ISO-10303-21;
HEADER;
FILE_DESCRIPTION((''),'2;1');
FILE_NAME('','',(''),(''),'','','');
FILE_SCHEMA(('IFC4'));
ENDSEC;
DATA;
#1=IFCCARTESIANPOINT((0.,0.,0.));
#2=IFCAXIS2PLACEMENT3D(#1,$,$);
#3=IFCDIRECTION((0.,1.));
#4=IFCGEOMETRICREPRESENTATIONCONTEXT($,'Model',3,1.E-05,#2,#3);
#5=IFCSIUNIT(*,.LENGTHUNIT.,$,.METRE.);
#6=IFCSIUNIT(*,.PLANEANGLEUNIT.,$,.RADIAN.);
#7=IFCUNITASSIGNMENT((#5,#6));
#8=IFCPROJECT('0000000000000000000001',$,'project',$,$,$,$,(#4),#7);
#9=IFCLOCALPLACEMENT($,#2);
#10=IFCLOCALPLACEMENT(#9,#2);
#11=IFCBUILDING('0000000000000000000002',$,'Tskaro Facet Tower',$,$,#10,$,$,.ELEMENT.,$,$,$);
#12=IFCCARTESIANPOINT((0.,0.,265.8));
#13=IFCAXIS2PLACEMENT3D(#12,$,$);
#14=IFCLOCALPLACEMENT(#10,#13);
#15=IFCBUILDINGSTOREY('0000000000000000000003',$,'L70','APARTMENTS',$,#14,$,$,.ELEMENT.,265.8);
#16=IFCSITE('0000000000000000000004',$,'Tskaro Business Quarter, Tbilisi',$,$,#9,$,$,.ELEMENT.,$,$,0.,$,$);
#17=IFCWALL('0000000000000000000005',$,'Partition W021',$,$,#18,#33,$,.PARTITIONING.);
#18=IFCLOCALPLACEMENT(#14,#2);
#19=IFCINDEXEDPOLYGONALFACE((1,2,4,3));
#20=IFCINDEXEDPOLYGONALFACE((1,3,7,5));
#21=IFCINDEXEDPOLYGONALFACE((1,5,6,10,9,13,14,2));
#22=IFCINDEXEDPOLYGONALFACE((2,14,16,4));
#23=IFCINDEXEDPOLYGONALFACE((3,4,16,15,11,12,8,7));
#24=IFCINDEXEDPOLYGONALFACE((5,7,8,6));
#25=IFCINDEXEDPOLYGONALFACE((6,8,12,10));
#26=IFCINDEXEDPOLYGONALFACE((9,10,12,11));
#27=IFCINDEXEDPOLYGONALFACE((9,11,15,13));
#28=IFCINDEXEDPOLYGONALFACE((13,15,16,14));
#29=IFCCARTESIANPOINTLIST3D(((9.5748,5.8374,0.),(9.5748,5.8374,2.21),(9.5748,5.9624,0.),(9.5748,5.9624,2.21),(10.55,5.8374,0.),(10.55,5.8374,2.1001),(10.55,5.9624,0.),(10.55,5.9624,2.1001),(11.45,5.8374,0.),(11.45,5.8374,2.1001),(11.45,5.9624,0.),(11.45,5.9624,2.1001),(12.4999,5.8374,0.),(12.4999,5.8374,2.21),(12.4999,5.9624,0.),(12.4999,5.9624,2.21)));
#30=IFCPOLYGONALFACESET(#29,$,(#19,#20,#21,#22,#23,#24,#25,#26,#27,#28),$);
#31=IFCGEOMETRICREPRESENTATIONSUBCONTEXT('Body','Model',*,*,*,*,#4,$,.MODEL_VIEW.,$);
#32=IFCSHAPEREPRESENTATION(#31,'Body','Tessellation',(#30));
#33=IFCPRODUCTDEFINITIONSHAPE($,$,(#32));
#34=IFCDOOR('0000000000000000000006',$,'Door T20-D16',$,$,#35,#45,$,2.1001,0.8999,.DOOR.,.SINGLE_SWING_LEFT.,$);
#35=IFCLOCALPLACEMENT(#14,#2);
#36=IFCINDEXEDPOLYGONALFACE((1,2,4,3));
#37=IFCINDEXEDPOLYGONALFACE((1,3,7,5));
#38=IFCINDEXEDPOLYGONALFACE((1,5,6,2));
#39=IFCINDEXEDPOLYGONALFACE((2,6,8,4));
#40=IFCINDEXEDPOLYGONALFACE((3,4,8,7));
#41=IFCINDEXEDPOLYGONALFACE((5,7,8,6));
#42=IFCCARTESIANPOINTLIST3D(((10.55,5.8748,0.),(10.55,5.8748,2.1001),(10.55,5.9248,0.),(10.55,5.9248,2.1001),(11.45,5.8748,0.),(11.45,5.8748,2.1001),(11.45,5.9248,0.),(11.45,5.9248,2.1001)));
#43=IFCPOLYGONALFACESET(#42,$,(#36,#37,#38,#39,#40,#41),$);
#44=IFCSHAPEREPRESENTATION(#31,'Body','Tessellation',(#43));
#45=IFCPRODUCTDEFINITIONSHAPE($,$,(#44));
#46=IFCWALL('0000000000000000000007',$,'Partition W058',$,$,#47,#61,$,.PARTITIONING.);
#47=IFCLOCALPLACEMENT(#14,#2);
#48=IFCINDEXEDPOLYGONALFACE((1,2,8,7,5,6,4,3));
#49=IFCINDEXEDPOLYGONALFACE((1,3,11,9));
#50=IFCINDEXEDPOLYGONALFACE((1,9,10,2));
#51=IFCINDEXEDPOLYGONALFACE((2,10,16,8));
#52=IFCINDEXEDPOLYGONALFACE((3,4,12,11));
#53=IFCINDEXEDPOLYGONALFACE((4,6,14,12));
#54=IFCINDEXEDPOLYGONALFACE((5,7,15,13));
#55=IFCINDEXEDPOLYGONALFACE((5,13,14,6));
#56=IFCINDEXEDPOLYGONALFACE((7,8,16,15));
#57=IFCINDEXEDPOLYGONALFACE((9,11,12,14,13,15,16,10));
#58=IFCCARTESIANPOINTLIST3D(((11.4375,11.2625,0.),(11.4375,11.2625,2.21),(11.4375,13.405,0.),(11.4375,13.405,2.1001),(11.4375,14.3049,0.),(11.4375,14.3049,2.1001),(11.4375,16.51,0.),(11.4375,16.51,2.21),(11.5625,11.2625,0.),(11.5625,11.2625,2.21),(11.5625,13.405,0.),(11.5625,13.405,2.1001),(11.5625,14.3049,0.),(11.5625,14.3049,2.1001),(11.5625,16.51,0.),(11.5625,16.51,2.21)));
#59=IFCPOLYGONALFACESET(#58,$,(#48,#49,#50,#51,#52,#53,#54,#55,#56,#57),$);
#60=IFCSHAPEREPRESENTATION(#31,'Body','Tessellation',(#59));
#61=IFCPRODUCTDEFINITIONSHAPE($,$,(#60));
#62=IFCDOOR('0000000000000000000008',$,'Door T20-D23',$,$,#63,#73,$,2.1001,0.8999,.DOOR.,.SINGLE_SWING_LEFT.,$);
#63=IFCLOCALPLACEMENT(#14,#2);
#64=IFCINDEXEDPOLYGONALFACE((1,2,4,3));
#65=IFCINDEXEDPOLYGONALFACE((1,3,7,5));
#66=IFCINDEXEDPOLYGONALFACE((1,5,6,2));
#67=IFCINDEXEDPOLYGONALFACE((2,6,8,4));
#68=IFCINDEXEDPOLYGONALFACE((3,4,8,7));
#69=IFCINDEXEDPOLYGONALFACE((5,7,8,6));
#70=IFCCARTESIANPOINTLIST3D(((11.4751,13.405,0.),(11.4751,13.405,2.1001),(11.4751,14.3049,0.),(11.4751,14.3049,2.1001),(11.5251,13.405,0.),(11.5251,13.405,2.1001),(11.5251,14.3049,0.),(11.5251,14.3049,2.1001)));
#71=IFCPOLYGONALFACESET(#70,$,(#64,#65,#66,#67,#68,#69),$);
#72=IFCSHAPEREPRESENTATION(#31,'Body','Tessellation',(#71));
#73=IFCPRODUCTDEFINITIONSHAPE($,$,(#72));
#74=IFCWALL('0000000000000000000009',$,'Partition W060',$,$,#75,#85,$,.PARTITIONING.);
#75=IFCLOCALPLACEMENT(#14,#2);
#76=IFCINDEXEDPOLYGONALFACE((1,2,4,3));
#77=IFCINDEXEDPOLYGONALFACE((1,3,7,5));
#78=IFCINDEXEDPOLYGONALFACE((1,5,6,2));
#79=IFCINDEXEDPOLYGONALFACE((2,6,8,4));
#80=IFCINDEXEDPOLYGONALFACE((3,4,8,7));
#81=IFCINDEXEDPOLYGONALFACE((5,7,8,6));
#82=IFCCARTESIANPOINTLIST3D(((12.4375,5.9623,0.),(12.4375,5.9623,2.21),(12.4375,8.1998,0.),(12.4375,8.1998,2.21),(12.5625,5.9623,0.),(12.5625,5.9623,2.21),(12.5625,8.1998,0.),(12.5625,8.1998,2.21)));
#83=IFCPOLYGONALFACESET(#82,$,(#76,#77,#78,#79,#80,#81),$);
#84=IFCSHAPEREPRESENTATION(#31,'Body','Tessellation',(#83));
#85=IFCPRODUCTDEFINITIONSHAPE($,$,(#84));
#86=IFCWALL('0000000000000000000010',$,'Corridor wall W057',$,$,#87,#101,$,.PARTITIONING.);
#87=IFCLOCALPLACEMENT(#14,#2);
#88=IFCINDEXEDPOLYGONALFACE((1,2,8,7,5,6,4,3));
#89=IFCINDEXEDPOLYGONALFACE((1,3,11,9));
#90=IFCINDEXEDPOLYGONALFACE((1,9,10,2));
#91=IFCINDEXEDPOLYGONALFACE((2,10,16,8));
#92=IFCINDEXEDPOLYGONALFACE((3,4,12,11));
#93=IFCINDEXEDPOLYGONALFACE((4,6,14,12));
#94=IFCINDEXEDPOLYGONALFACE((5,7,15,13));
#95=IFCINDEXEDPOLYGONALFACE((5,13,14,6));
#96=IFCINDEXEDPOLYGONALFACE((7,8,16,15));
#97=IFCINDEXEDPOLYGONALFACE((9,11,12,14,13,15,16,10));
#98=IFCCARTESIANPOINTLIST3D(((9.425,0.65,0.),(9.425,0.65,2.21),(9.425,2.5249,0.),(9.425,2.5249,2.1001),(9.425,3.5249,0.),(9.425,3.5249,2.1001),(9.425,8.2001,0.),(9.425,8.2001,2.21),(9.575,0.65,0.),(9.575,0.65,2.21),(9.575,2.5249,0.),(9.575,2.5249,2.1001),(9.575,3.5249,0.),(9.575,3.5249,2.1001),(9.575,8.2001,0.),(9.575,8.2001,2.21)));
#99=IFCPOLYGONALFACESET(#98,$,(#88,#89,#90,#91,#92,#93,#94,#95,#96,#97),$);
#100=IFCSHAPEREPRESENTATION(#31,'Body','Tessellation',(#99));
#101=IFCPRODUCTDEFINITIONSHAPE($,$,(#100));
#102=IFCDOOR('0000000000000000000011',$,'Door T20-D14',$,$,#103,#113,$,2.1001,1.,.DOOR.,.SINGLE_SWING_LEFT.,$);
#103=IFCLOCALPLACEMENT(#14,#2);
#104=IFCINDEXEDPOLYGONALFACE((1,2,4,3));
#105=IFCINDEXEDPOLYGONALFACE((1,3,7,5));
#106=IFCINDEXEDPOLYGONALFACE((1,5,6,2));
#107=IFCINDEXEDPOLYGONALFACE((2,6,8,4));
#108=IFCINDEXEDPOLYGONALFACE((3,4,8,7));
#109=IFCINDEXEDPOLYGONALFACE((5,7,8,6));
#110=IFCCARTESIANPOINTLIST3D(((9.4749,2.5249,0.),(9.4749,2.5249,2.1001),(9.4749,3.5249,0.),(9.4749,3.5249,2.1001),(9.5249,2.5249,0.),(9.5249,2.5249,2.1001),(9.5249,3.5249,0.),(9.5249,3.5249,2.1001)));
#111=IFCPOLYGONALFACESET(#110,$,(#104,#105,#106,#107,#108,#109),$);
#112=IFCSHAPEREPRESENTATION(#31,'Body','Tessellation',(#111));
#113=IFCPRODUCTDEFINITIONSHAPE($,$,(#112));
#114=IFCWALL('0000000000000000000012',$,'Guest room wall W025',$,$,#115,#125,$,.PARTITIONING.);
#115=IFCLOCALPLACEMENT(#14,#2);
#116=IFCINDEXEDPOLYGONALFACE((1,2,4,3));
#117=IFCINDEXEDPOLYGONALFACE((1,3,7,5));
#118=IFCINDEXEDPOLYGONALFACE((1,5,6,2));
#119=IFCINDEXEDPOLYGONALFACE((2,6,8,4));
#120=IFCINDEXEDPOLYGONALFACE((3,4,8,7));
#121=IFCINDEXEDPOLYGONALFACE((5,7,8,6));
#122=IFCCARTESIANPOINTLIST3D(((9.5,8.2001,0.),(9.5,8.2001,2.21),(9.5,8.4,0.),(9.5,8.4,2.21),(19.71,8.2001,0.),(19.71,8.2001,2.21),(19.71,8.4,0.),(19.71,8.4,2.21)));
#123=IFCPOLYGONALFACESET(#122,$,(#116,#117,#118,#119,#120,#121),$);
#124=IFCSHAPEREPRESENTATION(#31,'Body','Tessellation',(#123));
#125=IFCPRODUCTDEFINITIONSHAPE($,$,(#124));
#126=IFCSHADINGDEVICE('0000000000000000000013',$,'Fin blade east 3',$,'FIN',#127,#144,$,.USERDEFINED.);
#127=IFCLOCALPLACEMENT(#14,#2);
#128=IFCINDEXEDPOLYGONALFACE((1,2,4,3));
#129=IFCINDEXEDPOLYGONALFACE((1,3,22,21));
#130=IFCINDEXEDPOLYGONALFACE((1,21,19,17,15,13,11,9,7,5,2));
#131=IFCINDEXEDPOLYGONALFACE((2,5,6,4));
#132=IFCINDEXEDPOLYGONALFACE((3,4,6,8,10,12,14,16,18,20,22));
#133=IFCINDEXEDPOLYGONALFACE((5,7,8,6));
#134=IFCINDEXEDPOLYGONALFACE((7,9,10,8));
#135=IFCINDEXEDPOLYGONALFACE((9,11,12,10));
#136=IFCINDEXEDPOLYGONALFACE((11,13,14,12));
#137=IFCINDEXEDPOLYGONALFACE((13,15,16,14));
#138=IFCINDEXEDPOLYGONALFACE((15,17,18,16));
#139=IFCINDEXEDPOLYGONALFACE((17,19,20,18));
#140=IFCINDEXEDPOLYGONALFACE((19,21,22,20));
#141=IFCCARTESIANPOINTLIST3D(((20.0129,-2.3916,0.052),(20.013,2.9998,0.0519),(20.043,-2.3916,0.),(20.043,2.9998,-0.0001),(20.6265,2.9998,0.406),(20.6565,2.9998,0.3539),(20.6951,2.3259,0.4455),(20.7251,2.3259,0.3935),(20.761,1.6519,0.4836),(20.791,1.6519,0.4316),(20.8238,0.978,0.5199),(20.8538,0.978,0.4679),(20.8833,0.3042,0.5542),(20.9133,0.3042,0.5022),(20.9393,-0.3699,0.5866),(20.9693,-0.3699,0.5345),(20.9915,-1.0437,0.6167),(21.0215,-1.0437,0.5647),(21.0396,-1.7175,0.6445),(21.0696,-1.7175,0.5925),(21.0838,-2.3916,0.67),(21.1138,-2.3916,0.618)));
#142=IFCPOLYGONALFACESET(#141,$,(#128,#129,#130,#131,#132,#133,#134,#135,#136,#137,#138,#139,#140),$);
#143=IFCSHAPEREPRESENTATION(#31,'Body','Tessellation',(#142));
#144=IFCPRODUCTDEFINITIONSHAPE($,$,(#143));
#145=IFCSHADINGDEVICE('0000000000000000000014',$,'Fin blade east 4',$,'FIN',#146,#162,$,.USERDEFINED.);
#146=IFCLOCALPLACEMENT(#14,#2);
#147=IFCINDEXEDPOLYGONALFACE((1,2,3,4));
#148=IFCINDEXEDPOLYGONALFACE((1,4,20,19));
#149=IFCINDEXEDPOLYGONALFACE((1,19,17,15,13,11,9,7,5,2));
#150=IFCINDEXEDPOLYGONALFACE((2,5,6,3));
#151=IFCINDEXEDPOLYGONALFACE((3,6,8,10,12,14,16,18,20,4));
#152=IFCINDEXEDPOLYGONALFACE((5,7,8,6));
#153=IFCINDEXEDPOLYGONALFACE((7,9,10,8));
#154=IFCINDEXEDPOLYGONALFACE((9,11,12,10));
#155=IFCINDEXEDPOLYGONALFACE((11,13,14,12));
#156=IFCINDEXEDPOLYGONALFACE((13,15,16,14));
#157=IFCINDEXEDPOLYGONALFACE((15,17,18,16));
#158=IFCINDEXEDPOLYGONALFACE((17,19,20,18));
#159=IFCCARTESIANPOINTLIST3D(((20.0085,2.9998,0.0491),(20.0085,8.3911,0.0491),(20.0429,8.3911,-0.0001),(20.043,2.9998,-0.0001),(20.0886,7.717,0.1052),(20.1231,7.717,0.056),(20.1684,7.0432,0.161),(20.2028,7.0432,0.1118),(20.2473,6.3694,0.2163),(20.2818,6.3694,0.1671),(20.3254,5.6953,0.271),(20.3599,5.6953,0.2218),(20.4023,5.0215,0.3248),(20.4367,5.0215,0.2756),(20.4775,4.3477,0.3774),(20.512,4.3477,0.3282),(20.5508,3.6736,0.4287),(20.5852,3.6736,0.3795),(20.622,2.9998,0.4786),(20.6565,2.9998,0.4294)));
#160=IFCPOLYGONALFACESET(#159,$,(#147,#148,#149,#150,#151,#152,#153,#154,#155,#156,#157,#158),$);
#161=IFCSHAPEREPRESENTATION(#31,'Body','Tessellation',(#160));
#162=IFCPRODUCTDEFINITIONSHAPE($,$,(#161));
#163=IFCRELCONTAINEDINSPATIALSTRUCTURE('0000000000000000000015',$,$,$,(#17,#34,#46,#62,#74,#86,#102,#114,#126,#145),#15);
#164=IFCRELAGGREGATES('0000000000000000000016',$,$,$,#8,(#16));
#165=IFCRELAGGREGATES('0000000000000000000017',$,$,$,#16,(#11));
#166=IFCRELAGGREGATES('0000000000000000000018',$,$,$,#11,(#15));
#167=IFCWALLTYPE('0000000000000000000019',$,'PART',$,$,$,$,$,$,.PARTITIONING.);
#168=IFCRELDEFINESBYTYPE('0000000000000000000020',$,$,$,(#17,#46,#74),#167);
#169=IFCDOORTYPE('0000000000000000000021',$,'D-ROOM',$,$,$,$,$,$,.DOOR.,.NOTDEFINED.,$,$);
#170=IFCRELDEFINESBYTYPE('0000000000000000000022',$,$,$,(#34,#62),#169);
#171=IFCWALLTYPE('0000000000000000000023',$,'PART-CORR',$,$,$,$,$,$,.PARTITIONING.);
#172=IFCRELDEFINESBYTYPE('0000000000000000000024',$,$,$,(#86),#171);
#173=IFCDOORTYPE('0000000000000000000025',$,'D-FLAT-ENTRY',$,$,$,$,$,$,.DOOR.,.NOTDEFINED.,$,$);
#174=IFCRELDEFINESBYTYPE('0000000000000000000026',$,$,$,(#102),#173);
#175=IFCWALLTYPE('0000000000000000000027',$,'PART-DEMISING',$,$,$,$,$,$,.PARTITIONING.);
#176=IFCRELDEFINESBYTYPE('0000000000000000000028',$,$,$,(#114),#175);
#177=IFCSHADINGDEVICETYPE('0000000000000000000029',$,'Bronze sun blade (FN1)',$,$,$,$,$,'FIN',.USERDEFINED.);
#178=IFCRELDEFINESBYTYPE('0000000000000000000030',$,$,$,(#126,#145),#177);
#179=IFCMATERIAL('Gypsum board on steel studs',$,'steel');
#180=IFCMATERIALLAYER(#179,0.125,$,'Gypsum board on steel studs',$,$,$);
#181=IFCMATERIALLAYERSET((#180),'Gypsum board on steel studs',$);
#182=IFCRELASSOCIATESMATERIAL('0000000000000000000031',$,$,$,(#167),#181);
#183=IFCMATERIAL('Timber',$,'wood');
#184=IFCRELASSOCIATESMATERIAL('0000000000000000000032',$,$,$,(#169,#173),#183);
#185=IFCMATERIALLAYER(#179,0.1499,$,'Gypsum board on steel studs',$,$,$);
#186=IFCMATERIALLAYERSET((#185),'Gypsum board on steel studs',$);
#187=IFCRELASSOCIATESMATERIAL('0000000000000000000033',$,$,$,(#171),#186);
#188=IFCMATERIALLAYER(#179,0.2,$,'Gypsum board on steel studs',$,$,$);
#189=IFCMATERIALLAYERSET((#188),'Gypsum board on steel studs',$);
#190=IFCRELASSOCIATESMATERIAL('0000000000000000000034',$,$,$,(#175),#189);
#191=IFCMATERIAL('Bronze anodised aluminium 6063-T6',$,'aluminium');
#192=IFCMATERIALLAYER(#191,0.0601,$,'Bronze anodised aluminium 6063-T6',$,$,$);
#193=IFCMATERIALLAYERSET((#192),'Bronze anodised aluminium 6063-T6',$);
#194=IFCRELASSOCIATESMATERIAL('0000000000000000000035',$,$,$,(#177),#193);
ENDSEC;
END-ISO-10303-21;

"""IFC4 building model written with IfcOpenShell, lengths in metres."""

from ifc_helpers import new_model, si_unit, direction, frame, frame_2d, origin, place, context, subcontext, project, spatial, polyline, rectangle, outline, extrude, material, layer, layer_set, type_object, element, fill, save


model = new_model("IFC4")

# Units and contexts
model_context = context("Model", 3, precision=1e-05, world=origin(), true_north=direction((0.0, 1.0)))
body_context = subcontext(model_context, "Body", "Model", "MODEL_VIEW")
ifc_project = project(units=[si_unit("LENGTHUNIT", "METRE"), si_unit("PLANEANGLEUNIT", "RADIAN")], contexts=[model_context])

# Site, building, storey
site_placement = place(None, origin())
site = spatial("IfcSite", under=ifc_project, at=site_placement, Name="Tskaro Business Quarter, Tbilisi", CompositionType="ELEMENT", RefElevation=0.0)
building_placement = place(site_placement, origin())
building = spatial("IfcBuilding", under=site, at=building_placement, Name="Tskaro Facet Tower", CompositionType="ELEMENT")
storey_placement = place(building_placement, frame((0.0, 0.0, 265.8)))
storey = spatial("IfcBuildingStorey", under=building, at=storey_placement, Name="L70", Description="APARTMENTS", CompositionType="ELEMENT", Elevation=265.8)

# Shared definitions
ifc_material_1 = material(Name="Bronze anodised aluminium 6063-T6", Category="aluminium")

# Shared definitions
ifc_material_2 = material(Name="Gypsum board on steel studs", Category="steel")
ifc_layer_1 = layer(ifc_material_2, 0.125, Name="Gypsum board on steel studs")
ifc_layer_set_1 = layer_set([ifc_layer_1], Name="Gypsum board on steel studs")
wall_type_1 = type_object("IfcWallType", Name="PART", PredefinedType="PARTITIONING", material=ifc_layer_set_1)

# Walls, openings, doors
wall_1_placement = place(storey_placement, frame((9.575, 5.8999, 0.0), z_axis=(0.0, 0.0, 1.0), x_axis=(1.0, 0.0, 0.0)))
wall_1 = element("IfcWall", 1, at=wall_1_placement, inside=storey, type_object=wall_type_1, Name="Partition W021", PredefinedType="PARTITIONING", context=body_context, shape_type="SweptSolid", body=[
    extrude(rectangle(XDim=2.925, YDim=0.125, at=frame_2d((1.4624, 0.0))), origin(), (0.0, 0.0, 1.0), 2.21),
])
opening_1_placement = place(wall_1_placement, frame((0.9751, 0.0, 0.0)))
opening_1 = element("IfcOpeningElement", 2, at=opening_1_placement, cuts=wall_1, PredefinedType="OPENING", context=body_context, shape_type="SweptSolid", body=[
    extrude(rectangle(XDim=0.8999, YDim=2.1001, at=frame_2d((0.45, 1.05))), frame((0.0, 0.0725, 0.0), z_axis=(0.0, -1.0, 0.0), x_axis=(1.0, 0.0, 0.0)), (0.0, 0.0, 1.0), 0.145),
])
ifc_material_3 = material(Name="Timber", Category="wood")
door_type_1 = type_object("IfcDoorType", Name="D-ROOM", OperationType="NOTDEFINED", PredefinedType="DOOR", material=ifc_material_3)
door_1_placement = place(opening_1_placement, origin())
door_1 = element("IfcDoor", 3, at=door_1_placement, inside=storey, type_object=door_type_1, Name="Door T20-D16", OperationType="SINGLE_SWING_LEFT", OverallHeight=2.1001, OverallWidth=0.8999, PredefinedType="DOOR", context=body_context, shape_type="SweptSolid", body=[
    extrude(rectangle(XDim=0.8999, YDim=2.1001, at=frame_2d((0.45, 1.05))), frame((0.0, 0.0249, 0.0), z_axis=(0.0, -1.0, 0.0), x_axis=(1.0, 0.0, 0.0)), (0.0, 0.0, 1.0), 0.05),
])
fill(opening_1, door_1)
wall_2_placement = place(storey_placement, frame((11.5, 11.2625, 0.0), z_axis=(0.0, 0.0, 1.0), x_axis=(0.0, 1.0, 0.0)))
wall_2 = element("IfcWall", 4, at=wall_2_placement, inside=storey, type_object=wall_type_1, Name="Partition W058", PredefinedType="PARTITIONING", context=body_context, shape_type="SweptSolid", body=[
    extrude(rectangle(XDim=5.2476, YDim=0.125, at=frame_2d((2.6238, 0.0))), origin(), (0.0, 0.0, 1.0), 2.21),
])
opening_2_placement = place(wall_2_placement, frame((2.1426, 0.0, 0.0)))
opening_2 = element("IfcOpeningElement", 5, at=opening_2_placement, cuts=wall_2, PredefinedType="OPENING", context=body_context, shape_type="SweptSolid", body=[
    extrude(rectangle(XDim=0.8999, YDim=2.1001, at=frame_2d((0.45, 1.05))), frame((0.0, 0.0725, 0.0), z_axis=(0.0, -1.0, 0.0), x_axis=(1.0, 0.0, 0.0)), (0.0, 0.0, 1.0), 0.145),
])
door_2_placement = place(opening_2_placement, origin())
door_2 = element("IfcDoor", 6, at=door_2_placement, inside=storey, type_object=door_type_1, Name="Door T20-D23", OperationType="SINGLE_SWING_LEFT", OverallHeight=2.1001, OverallWidth=0.8999, PredefinedType="DOOR", context=body_context, shape_type="SweptSolid", body=[
    extrude(rectangle(XDim=0.8999, YDim=2.1001, at=frame_2d((0.45, 1.05))), frame((0.0, 0.0249, 0.0), z_axis=(0.0, -1.0, 0.0), x_axis=(1.0, 0.0, 0.0)), (0.0, 0.0, 1.0), 0.05),
])
fill(opening_2, door_2)

# Wall
wall_3_placement = place(storey_placement, frame((12.5, 5.9624, 0.0), z_axis=(0.0, 0.0, 1.0), x_axis=(0.0, 1.0, 0.0)))
element("IfcWall", 7, at=wall_3_placement, inside=storey, type_object=wall_type_1, Name="Partition W060", PredefinedType="PARTITIONING", context=body_context, shape_type="SweptSolid", body=[
    extrude(rectangle(XDim=2.2375, YDim=0.125, at=frame_2d((1.1187, 0.0))), origin(), (0.0, 0.0, 1.0), 2.21),
])

# Wall, opening, door
ifc_layer_2 = layer(ifc_material_2, 0.1499, Name="Gypsum board on steel studs")
ifc_layer_set_2 = layer_set([ifc_layer_2], Name="Gypsum board on steel studs")
wall_type_2 = type_object("IfcWallType", Name="PART-CORR", PredefinedType="PARTITIONING", material=ifc_layer_set_2)
wall_4_placement = place(storey_placement, frame((9.5, 8.2, 0.0), z_axis=(0.0, 0.0, 1.0), x_axis=(0.0, -1.0, 0.0)))
wall_4 = element("IfcWall", 8, at=wall_4_placement, inside=storey, type_object=wall_type_2, Name="Corridor wall W057", PredefinedType="PARTITIONING", context=body_context, shape_type="SweptSolid", body=[
    extrude(rectangle(XDim=7.55, YDim=0.1499, at=frame_2d((3.7749, 0.0))), origin(), (0.0, 0.0, 1.0), 2.21),
])
opening_3_placement = place(wall_4_placement, frame((4.675, 0.0, 0.0)))
opening_3 = element("IfcOpeningElement", 9, at=opening_3_placement, cuts=wall_4, PredefinedType="OPENING", context=body_context, shape_type="SweptSolid", body=[
    extrude(rectangle(XDim=1.0, YDim=2.1001, at=frame_2d((0.5, 1.05))), frame((0.0, 0.085, 0.0), z_axis=(0.0, -1.0, 0.0), x_axis=(1.0, 0.0, 0.0)), (0.0, 0.0, 1.0), 0.1699),
])
door_type_2 = type_object("IfcDoorType", Name="D-FLAT-ENTRY", OperationType="NOTDEFINED", PredefinedType="DOOR", material=ifc_material_3)
door_3_placement = place(opening_3_placement, origin())
door_3 = element("IfcDoor", 10, at=door_3_placement, inside=storey, type_object=door_type_2, Name="Door T20-D14", OperationType="SINGLE_SWING_LEFT", OverallHeight=2.1001, OverallWidth=1.0, PredefinedType="DOOR", context=body_context, shape_type="SweptSolid", body=[
    extrude(rectangle(XDim=1.0, YDim=2.1001, at=frame_2d((0.5, 1.05))), frame((0.0, 0.0249, 0.0), z_axis=(0.0, -1.0, 0.0), x_axis=(1.0, 0.0, 0.0)), (0.0, 0.0, 1.0), 0.05),
])
fill(opening_3, door_3)

# Wall
ifc_layer_3 = layer(ifc_material_2, 0.2, Name="Gypsum board on steel studs")
ifc_layer_set_3 = layer_set([ifc_layer_3], Name="Gypsum board on steel studs")
wall_type_3 = type_object("IfcWallType", Name="PART-DEMISING", PredefinedType="PARTITIONING", material=ifc_layer_set_3)
wall_5_placement = place(storey_placement, frame((9.5, 8.3, 0.0), z_axis=(0.0, 0.0, 1.0), x_axis=(1.0, 0.0, 0.0)))
element("IfcWall", 11, at=wall_5_placement, inside=storey, type_object=wall_type_3, Name="Guest room wall W025", PredefinedType="PARTITIONING", context=body_context, shape_type="SweptSolid", body=[
    extrude(rectangle(XDim=10.21, YDim=0.2, at=frame_2d((5.105, 0.0))), origin(), (0.0, 0.0, 1.0), 2.21),
])

# Shading devices
ifc_layer_4 = layer(ifc_material_1, 0.0601, Name="Bronze anodised aluminium 6063-T6")
ifc_layer_set_4 = layer_set([ifc_layer_4], Name="Bronze anodised aluminium 6063-T6")
shading_device_type = type_object("IfcShadingDeviceType", Name="Bronze sun blade (FN1)", ElementType="FIN", PredefinedType="USERDEFINED", material=ifc_layer_set_4)
shading_device_1_placement = place(storey_placement, frame((20.0129, -2.3916, 0.052), z_axis=(-0.499849, 0.000023, 0.866113), x_axis=(0.000012, 1.0, -0.00002)))
element("IfcShadingDevice", 12, at=shading_device_1_placement, inside=storey, type_object=shading_device_type, Name="Fin blade east 3", ObjectType="FIN", PredefinedType="USERDEFINED", context=body_context, shape_type="SweptSolid", body=[
    extrude(outline(polyline([(0.0, 0.0), (5.3914, 0.0), (5.3914, -0.7083), (4.7175, -0.7875), (4.0435, -0.8636), (3.3696, -0.9362), (2.6958, -1.0049), (2.0217, -1.0695), (1.3479, -1.1298), (0.6741, -1.1853), (0.0, -1.2364), (0.0, 0.0)])), origin(), (0.0, 0.0, -1.0), 0.0601),
])
shading_device_2_placement = place(storey_placement, frame((20.0085, 2.9998, 0.0491), z_axis=(-0.573524, -0.000014, 0.819189), x_axis=(-0.000008, 1.0, 0.000011)))
element("IfcShadingDevice", 13, at=shading_device_2_placement, inside=storey, type_object=shading_device_type, Name="Fin blade east 4", ObjectType="FIN", PredefinedType="USERDEFINED", context=body_context, shape_type="SweptSolid", body=[
    extrude(outline(polyline([(0.0, 0.0), (5.3914, 0.0), (4.7173, -0.0978), (4.0435, -0.1951), (3.3696, -0.2915), (2.6956, -0.3869), (2.0217, -0.4807), (1.3479, -0.5725), (0.6738, -0.6619), (0.0, -0.7489), (0.0, 0.0)])), origin(), (0.0, 0.0, -1.0), 0.0601),
])

save(model, "model.ifc")
